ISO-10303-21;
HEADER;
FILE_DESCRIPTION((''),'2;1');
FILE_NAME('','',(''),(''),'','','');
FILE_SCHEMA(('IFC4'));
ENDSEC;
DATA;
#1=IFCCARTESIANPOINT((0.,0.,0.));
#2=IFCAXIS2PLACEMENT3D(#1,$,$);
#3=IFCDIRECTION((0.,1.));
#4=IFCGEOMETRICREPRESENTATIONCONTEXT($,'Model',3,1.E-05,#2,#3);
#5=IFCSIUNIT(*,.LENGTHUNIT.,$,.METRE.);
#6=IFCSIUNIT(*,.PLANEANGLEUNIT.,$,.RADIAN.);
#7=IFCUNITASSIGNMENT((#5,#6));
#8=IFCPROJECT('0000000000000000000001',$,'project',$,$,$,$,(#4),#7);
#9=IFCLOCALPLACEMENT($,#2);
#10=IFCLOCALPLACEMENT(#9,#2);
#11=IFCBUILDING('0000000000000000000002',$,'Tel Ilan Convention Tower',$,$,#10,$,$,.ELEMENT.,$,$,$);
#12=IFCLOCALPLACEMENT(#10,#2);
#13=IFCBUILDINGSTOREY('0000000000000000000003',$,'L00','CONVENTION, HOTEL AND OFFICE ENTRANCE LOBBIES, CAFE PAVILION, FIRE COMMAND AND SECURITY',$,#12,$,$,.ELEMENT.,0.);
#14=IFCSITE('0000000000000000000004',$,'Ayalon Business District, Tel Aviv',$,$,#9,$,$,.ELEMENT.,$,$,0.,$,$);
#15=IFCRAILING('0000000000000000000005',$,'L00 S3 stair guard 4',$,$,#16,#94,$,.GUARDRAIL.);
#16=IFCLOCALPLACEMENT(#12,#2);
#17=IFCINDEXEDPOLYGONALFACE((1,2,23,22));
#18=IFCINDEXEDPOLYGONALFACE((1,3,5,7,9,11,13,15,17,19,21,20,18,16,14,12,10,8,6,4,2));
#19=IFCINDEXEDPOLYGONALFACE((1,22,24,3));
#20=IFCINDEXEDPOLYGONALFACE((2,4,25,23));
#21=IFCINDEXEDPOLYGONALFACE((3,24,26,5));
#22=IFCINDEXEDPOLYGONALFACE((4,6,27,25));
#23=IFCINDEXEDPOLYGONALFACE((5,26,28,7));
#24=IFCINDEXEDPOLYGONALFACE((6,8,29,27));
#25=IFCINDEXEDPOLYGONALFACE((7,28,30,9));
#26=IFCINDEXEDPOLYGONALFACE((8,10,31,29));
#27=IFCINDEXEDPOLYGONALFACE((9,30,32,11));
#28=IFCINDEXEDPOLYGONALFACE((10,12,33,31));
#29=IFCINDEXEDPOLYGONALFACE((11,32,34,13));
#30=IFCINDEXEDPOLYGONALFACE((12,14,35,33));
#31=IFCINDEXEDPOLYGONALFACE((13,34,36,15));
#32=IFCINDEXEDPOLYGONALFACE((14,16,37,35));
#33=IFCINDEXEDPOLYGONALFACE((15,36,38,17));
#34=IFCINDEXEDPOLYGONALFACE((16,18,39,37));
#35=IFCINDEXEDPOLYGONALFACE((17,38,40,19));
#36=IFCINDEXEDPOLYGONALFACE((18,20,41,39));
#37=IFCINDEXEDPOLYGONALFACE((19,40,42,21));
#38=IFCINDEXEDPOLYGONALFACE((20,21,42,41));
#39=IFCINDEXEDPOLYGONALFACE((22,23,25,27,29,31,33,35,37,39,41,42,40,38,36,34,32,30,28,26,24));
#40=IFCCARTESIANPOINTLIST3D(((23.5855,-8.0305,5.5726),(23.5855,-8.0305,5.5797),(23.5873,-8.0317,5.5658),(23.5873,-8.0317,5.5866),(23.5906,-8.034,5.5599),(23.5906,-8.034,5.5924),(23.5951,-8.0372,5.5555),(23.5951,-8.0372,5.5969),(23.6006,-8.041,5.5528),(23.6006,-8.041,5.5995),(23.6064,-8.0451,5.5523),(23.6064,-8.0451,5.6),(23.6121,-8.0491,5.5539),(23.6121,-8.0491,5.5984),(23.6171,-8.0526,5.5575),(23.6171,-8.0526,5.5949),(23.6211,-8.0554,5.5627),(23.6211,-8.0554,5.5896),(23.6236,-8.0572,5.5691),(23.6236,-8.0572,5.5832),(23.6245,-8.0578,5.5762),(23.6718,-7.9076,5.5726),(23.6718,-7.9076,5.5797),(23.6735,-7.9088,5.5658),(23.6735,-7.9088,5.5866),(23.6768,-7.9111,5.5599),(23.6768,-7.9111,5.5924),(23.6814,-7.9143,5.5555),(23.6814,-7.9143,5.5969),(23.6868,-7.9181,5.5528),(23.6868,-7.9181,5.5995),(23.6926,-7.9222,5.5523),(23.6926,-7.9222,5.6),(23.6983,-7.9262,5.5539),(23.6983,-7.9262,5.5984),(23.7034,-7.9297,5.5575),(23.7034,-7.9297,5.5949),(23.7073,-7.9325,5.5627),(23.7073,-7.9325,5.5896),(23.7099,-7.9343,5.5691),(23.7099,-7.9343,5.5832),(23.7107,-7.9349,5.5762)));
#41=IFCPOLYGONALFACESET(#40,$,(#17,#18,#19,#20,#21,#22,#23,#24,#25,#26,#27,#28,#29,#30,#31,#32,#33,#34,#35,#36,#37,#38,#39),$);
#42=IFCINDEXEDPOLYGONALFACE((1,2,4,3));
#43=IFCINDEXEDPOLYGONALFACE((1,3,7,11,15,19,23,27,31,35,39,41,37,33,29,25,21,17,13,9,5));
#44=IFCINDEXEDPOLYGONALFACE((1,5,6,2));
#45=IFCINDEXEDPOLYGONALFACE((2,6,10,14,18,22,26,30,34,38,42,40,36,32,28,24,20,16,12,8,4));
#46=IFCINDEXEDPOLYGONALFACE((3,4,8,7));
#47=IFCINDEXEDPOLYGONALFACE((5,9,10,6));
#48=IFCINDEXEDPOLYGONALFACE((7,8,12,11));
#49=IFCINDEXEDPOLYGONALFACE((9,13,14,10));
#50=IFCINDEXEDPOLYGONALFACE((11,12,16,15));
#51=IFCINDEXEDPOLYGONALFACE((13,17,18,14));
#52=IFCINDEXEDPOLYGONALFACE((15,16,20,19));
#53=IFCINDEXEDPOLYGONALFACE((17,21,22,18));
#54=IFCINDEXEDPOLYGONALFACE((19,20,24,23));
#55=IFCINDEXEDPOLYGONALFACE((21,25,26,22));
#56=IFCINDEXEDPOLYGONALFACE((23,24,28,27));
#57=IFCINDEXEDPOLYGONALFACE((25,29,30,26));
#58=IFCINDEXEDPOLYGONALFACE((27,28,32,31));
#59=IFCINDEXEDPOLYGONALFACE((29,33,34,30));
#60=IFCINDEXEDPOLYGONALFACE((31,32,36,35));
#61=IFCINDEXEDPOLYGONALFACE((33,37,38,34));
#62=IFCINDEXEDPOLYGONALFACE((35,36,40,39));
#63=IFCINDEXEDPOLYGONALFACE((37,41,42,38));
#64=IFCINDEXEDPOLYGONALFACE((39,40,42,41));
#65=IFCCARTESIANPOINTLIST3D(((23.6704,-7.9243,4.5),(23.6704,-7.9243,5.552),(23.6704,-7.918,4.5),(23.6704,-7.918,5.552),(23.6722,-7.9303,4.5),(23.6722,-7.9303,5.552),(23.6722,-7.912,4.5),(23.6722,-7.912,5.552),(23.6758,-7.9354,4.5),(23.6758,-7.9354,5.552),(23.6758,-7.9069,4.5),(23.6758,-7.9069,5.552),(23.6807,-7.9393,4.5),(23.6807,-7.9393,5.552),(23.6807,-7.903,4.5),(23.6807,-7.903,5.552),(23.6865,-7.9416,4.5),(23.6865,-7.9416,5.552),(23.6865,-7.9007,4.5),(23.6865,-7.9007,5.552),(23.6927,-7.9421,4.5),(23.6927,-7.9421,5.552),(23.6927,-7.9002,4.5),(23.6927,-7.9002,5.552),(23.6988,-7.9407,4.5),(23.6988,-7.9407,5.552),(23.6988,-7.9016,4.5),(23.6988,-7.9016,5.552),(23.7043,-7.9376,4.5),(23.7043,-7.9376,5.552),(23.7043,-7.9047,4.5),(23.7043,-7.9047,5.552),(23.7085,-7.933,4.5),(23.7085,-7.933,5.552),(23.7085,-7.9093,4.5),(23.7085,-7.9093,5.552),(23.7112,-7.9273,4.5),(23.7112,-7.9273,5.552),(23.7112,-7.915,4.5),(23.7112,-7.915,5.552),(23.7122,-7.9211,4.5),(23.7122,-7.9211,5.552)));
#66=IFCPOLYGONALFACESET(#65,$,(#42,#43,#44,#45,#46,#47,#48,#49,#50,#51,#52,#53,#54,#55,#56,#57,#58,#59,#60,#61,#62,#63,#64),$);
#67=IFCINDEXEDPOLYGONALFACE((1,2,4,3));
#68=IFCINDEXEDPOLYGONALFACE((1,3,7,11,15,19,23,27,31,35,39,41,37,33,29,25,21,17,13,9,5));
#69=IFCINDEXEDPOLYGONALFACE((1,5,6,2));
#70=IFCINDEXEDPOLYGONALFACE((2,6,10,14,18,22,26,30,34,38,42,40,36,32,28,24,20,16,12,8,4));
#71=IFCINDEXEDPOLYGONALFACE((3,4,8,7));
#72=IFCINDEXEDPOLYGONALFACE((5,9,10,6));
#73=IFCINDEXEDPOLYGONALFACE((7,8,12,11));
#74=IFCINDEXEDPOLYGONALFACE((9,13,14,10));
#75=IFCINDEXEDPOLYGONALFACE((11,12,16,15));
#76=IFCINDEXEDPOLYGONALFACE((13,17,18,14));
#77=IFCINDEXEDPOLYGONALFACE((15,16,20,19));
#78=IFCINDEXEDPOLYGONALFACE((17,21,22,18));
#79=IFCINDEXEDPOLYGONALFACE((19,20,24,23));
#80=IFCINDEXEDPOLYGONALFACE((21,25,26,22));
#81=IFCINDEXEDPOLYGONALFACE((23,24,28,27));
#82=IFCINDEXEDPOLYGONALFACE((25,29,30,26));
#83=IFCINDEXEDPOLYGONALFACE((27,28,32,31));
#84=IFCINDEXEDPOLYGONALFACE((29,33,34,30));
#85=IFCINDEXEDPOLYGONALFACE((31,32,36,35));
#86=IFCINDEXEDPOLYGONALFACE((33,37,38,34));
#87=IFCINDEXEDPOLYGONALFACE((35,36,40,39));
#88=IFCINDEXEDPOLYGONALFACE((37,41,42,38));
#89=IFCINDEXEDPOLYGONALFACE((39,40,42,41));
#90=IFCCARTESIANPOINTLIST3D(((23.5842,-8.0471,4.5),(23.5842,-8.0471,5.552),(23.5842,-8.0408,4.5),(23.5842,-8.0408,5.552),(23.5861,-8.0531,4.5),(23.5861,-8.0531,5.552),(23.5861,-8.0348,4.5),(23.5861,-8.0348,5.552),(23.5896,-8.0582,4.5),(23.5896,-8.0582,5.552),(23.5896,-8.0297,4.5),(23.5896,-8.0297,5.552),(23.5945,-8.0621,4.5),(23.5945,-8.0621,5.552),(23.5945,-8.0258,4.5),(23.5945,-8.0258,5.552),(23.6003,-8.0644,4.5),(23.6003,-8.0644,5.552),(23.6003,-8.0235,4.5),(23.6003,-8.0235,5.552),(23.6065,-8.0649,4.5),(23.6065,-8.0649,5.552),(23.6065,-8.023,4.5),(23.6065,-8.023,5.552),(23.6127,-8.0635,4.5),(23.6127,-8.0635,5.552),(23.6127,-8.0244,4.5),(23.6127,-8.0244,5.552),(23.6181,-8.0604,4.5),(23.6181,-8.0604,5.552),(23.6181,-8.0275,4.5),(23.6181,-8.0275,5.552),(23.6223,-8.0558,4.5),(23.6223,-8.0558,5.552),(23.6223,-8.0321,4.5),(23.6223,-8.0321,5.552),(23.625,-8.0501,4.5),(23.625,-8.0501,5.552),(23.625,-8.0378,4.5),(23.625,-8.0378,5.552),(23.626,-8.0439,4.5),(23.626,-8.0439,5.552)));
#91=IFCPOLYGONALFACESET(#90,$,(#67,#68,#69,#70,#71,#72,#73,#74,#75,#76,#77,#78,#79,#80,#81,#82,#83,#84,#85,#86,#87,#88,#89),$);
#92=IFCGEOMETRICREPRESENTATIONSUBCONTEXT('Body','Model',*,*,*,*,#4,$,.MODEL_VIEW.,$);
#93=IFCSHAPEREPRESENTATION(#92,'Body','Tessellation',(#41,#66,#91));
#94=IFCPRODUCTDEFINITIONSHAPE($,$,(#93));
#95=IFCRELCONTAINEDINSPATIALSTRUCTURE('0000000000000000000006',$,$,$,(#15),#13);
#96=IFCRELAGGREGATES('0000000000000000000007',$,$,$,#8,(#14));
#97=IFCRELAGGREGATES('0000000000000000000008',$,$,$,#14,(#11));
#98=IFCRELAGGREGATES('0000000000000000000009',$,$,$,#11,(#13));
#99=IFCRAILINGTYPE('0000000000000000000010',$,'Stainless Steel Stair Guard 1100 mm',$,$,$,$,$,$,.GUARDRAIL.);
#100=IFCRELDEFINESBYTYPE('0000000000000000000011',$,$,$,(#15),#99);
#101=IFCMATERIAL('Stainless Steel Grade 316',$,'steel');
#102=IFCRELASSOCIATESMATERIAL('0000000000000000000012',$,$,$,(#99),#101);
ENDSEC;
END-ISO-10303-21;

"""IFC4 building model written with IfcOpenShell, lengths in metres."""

from ifc_helpers import new_model, si_unit, direction, frame, origin, origin_2d, place, context, subcontext, project, spatial, circle, extrude, material, type_object, element, save


model = new_model("IFC4")

# Units and contexts
model_context = context("Model", 3, precision=1e-05, world=origin(), true_north=direction((0.0, 1.0)))
body_context = subcontext(model_context, "Body", "Model", "MODEL_VIEW")
ifc_project = project(units=[si_unit("LENGTHUNIT", "METRE"), si_unit("PLANEANGLEUNIT", "RADIAN")], contexts=[model_context])

# Site, building, storey
site_placement = place(None, origin())
site = spatial("IfcSite", under=ifc_project, at=site_placement, Name="Ayalon Business District, Tel Aviv", CompositionType="ELEMENT", RefElevation=0.0)
building_placement = place(site_placement, origin())
building = spatial("IfcBuilding", under=site, at=building_placement, Name="Tel Ilan Convention Tower", CompositionType="ELEMENT")
storey_placement = place(building_placement, origin())
storey = spatial("IfcBuildingStorey", under=building, at=storey_placement, Name="L00", Description="CONVENTION, HOTEL AND OFFICE ENTRANCE LOBBIES, CAFE PAVILION, FIRE COMMAND AND SECURITY", CompositionType="ELEMENT", Elevation=0.0)

# Railing
ifc_material_1 = material(Name="Stainless Steel Grade 316", Category="steel")
railing_type_1 = type_object("IfcRailingType", Name="Stainless Steel Stair Guard 1100 mm", PredefinedType="GUARDRAIL", material=ifc_material_1)
railing_1_placement = place(storey_placement, frame((23.6912, -7.9211, 4.5)))
element("IfcRailing", 1, at=railing_1_placement, inside=storey, type_object=railing_type_1, Name="L00 S3 stair guard 4", PredefinedType="GUARDRAIL", context=body_context, shape_type="SweptSolid", body=[
    extrude(circle(Radius=0.0239, at=origin_2d()), frame((0.0, 0.0, 1.0762), z_axis=(-0.574445, -0.818543, 0.0), x_axis=(0.818543, -0.574445, 0.0)), (0.0, 0.0, 1.0), 0.1501),
    extrude(circle(Radius=0.021, at=origin_2d()), origin(), (0.0, 0.0, 1.0), 1.052),
    extrude(circle(Radius=0.021, at=origin_2d()), frame((-0.0862, -0.1228, 0.0)), (0.0, 0.0, 1.0), 1.052),
])

save(model, "model.ifc")
